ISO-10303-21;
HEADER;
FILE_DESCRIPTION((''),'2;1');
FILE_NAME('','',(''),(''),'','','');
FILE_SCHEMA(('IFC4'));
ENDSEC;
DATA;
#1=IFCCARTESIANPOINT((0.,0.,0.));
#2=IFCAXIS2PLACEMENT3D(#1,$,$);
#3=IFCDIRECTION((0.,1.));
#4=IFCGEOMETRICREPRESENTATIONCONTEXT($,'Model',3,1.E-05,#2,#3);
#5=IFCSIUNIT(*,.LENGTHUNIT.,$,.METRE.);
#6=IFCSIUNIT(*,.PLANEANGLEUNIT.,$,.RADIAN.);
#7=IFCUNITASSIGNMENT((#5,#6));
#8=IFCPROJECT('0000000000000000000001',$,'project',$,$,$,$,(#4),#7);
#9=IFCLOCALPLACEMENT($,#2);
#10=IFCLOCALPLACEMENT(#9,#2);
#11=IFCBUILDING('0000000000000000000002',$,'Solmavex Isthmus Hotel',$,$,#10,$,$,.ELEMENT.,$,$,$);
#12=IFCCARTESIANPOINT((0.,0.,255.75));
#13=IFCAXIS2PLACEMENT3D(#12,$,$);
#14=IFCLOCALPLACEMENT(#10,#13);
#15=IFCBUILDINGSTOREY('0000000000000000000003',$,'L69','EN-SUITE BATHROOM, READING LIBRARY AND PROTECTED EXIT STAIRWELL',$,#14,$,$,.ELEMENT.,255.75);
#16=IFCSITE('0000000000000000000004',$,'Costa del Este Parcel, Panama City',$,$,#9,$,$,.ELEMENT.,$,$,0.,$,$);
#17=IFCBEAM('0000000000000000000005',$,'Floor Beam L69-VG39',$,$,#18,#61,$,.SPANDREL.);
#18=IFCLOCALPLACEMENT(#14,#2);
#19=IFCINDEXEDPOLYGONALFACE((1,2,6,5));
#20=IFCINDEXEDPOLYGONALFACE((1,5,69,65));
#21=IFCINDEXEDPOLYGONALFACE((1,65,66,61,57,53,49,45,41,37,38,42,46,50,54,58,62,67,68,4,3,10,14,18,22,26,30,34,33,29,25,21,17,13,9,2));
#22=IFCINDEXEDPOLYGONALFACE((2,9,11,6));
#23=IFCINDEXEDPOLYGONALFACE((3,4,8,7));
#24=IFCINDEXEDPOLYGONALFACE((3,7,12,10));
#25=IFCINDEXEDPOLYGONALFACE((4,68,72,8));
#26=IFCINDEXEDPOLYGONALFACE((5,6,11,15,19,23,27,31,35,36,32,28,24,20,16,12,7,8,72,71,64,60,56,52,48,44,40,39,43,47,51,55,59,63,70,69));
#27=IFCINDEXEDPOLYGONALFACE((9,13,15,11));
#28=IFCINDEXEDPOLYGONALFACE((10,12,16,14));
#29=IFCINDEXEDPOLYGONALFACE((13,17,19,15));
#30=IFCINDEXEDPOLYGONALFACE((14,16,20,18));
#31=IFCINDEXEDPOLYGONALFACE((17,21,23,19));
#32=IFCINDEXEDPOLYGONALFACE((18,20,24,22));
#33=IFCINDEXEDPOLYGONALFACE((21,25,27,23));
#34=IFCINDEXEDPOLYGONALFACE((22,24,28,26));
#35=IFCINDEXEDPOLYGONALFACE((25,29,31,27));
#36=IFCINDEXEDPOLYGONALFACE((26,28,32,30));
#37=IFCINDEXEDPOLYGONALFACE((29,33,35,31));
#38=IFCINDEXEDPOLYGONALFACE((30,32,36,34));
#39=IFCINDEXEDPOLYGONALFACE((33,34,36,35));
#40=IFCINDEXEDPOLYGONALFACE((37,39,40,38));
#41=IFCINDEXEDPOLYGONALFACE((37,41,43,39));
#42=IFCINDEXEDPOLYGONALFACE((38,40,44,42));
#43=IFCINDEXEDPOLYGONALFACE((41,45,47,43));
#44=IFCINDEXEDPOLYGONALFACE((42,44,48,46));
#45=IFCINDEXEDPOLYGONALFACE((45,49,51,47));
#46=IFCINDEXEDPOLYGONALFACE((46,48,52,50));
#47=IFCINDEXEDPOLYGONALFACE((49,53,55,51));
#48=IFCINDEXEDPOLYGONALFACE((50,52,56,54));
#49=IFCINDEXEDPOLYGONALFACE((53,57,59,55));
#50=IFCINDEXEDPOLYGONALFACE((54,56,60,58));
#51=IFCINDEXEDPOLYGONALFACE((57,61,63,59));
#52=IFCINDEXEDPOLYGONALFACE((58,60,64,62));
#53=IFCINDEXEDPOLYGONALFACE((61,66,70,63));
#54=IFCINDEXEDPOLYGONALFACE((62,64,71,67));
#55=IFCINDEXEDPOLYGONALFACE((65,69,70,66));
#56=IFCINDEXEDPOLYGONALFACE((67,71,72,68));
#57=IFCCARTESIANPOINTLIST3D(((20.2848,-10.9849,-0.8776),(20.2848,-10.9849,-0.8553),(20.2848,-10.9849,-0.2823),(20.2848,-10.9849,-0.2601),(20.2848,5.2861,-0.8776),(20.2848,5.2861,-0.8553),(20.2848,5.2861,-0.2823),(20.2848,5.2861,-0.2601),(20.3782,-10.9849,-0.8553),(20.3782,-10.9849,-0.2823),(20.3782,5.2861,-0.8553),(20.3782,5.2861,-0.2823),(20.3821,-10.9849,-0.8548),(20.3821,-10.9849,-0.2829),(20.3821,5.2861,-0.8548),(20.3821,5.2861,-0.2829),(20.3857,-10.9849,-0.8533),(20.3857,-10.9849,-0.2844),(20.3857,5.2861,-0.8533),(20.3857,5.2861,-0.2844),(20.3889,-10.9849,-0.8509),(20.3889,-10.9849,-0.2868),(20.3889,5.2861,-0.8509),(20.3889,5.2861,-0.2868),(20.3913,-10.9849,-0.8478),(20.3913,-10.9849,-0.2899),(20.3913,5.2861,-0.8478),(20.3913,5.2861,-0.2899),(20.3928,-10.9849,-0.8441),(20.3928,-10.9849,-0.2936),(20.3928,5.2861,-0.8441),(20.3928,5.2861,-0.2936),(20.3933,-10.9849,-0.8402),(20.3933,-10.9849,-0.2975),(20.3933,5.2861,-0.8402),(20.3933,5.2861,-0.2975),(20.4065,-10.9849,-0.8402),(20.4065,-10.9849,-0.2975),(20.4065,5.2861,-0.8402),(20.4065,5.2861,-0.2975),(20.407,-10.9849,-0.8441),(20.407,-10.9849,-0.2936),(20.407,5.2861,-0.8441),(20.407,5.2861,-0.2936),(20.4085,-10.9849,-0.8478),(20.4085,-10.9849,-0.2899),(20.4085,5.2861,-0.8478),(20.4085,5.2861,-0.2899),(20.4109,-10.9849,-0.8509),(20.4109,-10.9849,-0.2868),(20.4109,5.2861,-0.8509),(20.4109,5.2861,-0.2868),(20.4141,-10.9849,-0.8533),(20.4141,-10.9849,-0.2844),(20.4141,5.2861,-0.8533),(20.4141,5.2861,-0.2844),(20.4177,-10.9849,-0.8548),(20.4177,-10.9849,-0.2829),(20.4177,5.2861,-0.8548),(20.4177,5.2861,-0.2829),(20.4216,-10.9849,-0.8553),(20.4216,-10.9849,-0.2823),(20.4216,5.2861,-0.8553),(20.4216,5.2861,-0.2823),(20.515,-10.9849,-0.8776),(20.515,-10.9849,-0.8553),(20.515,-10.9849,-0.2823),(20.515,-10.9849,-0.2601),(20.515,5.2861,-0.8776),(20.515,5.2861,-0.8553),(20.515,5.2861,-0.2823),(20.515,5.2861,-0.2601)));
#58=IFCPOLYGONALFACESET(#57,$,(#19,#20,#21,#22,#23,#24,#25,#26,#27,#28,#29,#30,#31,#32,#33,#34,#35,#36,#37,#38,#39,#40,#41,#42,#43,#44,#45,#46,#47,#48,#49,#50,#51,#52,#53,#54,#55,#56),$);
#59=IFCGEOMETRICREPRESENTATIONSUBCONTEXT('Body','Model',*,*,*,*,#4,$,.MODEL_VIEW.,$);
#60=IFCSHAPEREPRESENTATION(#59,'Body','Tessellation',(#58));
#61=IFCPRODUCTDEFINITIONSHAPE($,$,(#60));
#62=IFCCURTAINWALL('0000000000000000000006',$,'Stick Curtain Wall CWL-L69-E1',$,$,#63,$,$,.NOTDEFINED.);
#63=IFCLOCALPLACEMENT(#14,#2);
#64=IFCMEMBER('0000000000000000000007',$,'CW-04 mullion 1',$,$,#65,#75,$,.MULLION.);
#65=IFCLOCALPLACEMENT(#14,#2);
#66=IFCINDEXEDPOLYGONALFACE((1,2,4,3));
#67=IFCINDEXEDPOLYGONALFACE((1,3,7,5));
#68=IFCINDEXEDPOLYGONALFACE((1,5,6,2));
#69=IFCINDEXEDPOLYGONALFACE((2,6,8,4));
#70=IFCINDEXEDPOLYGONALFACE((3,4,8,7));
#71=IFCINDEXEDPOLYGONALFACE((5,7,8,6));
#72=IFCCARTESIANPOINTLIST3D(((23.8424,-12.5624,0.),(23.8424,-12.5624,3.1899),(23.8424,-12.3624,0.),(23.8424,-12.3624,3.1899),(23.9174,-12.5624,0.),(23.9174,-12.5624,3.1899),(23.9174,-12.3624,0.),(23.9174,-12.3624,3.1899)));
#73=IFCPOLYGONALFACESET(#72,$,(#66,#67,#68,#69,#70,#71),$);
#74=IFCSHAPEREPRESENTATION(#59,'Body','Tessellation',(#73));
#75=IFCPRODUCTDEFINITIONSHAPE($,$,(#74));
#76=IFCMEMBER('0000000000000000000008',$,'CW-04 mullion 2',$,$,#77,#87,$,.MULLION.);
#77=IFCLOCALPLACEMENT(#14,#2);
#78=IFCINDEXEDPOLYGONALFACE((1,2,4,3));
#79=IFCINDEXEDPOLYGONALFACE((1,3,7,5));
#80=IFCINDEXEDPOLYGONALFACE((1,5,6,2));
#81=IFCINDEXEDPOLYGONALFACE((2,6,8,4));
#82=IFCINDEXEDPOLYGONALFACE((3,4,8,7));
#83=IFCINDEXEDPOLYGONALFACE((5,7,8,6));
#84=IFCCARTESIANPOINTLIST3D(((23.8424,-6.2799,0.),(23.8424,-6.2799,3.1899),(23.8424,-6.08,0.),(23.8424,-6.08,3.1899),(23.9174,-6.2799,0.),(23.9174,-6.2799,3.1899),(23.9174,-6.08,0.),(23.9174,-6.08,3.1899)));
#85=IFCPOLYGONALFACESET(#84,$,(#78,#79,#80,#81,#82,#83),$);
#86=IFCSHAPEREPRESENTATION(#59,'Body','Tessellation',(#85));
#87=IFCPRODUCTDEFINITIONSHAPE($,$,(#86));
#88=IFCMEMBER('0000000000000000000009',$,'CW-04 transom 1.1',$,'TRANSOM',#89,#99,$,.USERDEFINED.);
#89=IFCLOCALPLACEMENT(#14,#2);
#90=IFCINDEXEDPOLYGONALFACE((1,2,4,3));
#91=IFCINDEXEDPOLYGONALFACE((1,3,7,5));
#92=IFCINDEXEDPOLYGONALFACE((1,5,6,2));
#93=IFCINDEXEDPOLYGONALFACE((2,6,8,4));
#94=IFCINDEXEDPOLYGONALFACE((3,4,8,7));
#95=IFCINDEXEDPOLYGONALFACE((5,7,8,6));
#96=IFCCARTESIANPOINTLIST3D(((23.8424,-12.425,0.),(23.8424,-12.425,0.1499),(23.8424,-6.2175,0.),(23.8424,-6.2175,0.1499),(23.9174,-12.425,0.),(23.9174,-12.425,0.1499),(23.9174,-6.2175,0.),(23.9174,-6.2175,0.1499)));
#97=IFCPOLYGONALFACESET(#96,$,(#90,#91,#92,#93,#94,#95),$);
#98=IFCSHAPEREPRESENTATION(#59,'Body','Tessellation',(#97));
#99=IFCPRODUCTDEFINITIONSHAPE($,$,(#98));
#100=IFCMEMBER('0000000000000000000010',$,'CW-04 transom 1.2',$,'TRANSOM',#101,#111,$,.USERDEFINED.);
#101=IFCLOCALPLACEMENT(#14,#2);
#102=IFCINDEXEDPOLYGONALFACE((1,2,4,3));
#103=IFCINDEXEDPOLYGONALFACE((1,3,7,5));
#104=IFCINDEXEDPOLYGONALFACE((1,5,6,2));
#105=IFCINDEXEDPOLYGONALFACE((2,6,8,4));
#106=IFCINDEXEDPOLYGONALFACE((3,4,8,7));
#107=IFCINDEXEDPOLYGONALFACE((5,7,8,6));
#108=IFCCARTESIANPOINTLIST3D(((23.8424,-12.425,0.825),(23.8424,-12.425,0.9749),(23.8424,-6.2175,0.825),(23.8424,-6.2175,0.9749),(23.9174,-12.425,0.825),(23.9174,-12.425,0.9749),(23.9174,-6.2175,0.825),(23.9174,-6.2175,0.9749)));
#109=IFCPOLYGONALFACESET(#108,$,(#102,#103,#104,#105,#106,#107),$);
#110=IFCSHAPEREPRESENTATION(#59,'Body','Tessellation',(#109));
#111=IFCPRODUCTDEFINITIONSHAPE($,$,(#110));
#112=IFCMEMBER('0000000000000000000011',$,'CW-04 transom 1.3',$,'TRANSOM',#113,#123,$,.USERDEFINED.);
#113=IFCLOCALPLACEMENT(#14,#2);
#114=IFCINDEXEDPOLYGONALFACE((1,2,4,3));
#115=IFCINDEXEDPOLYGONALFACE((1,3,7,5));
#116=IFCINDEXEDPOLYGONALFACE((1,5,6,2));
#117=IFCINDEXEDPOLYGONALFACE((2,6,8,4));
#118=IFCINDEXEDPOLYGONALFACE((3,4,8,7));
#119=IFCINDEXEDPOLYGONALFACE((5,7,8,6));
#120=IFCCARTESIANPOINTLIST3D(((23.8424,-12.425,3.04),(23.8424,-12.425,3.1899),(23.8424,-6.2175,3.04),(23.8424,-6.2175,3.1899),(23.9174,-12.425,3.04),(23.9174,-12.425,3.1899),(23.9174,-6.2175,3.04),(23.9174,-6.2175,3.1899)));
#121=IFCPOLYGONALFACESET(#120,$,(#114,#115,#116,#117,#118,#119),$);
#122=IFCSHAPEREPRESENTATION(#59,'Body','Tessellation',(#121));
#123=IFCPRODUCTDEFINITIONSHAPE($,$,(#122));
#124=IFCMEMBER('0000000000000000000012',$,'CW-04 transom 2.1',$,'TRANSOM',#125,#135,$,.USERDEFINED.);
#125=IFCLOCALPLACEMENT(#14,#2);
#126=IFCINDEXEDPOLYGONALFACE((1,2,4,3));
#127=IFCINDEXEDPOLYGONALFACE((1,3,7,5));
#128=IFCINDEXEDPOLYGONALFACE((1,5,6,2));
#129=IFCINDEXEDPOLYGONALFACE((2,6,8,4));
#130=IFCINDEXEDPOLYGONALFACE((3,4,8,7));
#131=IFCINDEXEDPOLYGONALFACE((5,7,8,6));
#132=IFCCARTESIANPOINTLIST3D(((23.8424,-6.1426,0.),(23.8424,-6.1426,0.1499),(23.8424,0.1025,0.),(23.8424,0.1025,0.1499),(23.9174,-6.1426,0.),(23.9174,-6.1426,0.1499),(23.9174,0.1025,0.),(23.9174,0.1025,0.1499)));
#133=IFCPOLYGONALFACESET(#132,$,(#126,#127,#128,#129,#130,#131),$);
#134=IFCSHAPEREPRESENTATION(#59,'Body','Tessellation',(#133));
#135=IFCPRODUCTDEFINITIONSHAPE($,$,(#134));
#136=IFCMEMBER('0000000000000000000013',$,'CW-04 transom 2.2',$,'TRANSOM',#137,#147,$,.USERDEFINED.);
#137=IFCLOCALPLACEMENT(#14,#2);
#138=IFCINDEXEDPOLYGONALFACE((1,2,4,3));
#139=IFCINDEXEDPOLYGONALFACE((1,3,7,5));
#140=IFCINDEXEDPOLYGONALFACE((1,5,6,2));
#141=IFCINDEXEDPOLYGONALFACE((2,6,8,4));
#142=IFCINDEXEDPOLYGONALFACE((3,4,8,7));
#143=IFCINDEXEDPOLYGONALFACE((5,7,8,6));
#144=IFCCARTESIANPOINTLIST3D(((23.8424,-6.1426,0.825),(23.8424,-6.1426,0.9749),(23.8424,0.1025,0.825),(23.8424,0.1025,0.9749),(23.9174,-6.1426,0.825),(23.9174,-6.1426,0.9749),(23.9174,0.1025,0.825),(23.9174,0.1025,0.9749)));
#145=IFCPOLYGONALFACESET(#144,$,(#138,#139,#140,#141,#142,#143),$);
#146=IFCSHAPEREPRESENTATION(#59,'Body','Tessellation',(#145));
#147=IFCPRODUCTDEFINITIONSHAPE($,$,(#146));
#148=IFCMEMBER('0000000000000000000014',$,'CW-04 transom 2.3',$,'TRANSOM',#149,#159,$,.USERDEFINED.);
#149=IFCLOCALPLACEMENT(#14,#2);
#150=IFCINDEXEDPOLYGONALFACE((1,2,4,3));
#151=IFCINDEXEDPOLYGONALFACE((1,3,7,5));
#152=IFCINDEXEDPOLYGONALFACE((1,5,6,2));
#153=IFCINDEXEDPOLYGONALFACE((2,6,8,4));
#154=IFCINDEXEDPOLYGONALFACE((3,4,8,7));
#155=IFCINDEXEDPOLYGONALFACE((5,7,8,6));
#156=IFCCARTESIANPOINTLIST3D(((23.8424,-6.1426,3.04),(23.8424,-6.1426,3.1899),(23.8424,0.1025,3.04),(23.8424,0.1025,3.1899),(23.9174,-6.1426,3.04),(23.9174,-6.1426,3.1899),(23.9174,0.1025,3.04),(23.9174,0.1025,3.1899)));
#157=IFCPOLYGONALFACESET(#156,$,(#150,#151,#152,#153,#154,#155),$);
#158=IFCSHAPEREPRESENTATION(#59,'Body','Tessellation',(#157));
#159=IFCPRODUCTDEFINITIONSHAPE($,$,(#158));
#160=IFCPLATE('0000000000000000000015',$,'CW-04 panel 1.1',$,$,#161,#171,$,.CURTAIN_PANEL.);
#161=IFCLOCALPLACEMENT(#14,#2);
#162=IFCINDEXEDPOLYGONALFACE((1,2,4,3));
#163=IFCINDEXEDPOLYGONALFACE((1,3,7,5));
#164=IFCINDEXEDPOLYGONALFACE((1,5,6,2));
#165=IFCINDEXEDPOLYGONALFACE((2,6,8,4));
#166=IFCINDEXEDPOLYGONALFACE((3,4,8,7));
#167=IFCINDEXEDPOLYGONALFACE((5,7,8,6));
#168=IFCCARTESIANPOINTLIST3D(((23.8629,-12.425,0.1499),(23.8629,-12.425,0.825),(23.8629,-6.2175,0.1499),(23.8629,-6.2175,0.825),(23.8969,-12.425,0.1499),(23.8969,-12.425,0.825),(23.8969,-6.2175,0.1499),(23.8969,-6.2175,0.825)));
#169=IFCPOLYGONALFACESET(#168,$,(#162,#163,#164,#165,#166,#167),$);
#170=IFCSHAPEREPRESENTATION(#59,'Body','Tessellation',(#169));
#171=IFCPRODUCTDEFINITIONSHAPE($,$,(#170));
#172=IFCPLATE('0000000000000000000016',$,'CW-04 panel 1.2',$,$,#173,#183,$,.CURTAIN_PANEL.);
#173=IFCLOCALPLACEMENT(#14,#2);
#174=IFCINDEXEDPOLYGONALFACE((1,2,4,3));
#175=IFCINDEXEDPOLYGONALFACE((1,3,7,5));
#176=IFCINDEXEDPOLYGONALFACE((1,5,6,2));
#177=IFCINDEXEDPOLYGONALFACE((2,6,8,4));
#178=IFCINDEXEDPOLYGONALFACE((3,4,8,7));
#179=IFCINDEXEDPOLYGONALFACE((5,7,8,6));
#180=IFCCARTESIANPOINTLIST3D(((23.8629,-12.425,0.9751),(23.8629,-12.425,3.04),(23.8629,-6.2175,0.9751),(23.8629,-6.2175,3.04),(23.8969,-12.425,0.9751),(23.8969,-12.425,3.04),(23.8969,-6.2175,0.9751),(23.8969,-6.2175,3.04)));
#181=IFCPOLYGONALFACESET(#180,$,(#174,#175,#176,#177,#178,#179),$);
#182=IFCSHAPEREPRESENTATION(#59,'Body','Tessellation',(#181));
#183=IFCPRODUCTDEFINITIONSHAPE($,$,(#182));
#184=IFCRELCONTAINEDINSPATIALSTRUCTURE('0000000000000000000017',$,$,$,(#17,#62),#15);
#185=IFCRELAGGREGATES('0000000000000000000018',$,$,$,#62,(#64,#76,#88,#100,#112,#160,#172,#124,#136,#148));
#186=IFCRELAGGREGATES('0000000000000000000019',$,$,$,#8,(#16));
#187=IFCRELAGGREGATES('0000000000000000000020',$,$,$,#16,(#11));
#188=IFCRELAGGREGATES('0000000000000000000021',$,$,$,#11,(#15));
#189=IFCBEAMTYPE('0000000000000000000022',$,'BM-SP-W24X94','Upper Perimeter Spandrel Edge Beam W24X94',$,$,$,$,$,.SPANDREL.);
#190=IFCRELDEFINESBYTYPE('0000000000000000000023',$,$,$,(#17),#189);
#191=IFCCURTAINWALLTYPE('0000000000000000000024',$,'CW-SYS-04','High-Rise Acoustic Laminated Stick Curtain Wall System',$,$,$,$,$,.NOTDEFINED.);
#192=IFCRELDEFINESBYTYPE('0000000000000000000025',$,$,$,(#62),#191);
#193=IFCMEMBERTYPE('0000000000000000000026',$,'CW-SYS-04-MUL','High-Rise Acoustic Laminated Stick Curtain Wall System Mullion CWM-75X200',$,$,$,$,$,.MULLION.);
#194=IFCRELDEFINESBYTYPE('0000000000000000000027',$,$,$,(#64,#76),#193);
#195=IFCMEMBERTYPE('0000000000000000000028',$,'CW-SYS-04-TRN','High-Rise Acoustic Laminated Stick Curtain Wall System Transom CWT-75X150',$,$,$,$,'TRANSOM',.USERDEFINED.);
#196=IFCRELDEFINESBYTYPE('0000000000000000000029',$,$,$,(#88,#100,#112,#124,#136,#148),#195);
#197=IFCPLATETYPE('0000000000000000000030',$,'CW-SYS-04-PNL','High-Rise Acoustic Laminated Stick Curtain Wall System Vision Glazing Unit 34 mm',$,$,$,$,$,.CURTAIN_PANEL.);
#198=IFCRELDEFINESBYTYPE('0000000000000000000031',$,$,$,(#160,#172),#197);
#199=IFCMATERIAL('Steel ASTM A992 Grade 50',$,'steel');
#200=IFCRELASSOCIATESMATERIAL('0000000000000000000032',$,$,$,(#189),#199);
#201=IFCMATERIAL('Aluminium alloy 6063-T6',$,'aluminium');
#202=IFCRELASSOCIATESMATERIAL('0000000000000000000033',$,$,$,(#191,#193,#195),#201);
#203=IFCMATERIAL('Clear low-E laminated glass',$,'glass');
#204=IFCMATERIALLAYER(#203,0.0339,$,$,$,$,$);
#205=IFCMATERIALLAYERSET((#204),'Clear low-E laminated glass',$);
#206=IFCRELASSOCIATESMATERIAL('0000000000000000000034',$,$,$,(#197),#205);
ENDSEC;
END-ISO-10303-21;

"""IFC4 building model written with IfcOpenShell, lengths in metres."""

from ifc_helpers import new_model, si_unit, direction, frame, origin, origin_2d, place, context, subcontext, project, spatial, rectangle, i_section, extrude, material, layer, layer_set, material_profile, profile_set, type_object, element, aggregate, save


model = new_model("IFC4")

# Units and contexts
model_context = context("Model", 3, precision=1e-05, world=origin(), true_north=direction((0.0, 1.0)))
body_context = subcontext(model_context, "Body", "Model", "MODEL_VIEW")
ifc_project = project(units=[si_unit("LENGTHUNIT", "METRE"), si_unit("PLANEANGLEUNIT", "RADIAN")], contexts=[model_context])

# Site, building, storey
site_placement = place(None, origin())
site = spatial("IfcSite", under=ifc_project, at=site_placement, Name="Costa del Este Parcel, Panama City", CompositionType="ELEMENT", RefElevation=0.0)
building_placement = place(site_placement, origin())
building = spatial("IfcBuilding", under=site, at=building_placement, Name="Solmavex Isthmus Hotel", CompositionType="ELEMENT")
storey_placement = place(building_placement, frame((0.0, 0.0, 255.75)))
storey = spatial("IfcBuildingStorey", under=building, at=storey_placement, Name="L69", Description="EN-SUITE BATHROOM, READING LIBRARY AND PROTECTED EXIT STAIRWELL", CompositionType="ELEMENT", Elevation=255.75)

# Beam
ifc_material_1 = material(Name="Steel ASTM A992 Grade 50", Category="steel")
ifc_material_profile_1 = material_profile(ifc_material_1, i_section(OverallWidth=0.2302, OverallDepth=0.6174, WebThickness=0.0132, FlangeThickness=0.0222, FilletRadius=0.0151, at=origin_2d()), Name="W24X94")
ifc_profile_set_1 = profile_set([ifc_material_profile_1], Name="Steel ASTM A992 Grade 50")
beam_type_1 = type_object("IfcBeamType", Name="BM-SP-W24X94", Description="Upper Perimeter Spandrel Edge Beam W24X94", PredefinedType="SPANDREL", material=ifc_profile_set_1)
beam_1_placement = place(storey_placement, frame((20.3999, -10.9849, -0.5688), z_axis=(0.0, 1.0, 0.0), x_axis=(-1.0, 0.0, 0.0)))
element("IfcBeam", 1, at=beam_1_placement, inside=storey, type_object=beam_type_1, Name="Floor Beam L69-VG39", PredefinedType="SPANDREL", context=body_context, shape_type="SweptSolid", body=[
    extrude(i_section(OverallWidth=0.2302, OverallDepth=0.6174, WebThickness=0.0132, FlangeThickness=0.0222, FilletRadius=0.0151, at=origin_2d()), origin(), (0.0, 0.0, 1.0), 16.271),
])

# Curtain wall, members, plates
ifc_material_2 = material(Name="Aluminium alloy 6063-T6", Category="aluminium")
curtain_wall_type = type_object("IfcCurtainWallType", Name="CW-SYS-04", Description="High-Rise Acoustic Laminated Stick Curtain Wall System", PredefinedType="NOTDEFINED", material=ifc_material_2)
curtain_wall_placement = place(storey_placement, origin())
curtain_wall = element("IfcCurtainWall", 2, at=curtain_wall_placement, inside=storey, type_object=curtain_wall_type, Name="Stick Curtain Wall CWL-L69-E1", PredefinedType="NOTDEFINED")
ifc_material_profile_2 = material_profile(ifc_material_2, rectangle(XDim=0.075, YDim=0.2, at=origin_2d()), Name="CWM-75X200")
ifc_profile_set_2 = profile_set([ifc_material_profile_2], Name="Aluminium alloy 6063-T6")
member_type_1 = type_object("IfcMemberType", Name="CW-SYS-04-MUL", Description="High-Rise Acoustic Laminated Stick Curtain Wall System Mullion CWM-75X200", PredefinedType="MULLION", material=ifc_profile_set_2)
member_1_placement = place(storey_placement, frame((23.8799, -12.4624, 0.0), z_axis=(0.0, 0.0, 1.0), x_axis=(-1.0, 0.0, 0.0)))
member_1 = element("IfcMember", 3, at=member_1_placement, type_object=member_type_1, Name="CW-04 mullion 1", PredefinedType="MULLION", context=body_context, shape_type="SweptSolid", body=[
    extrude(rectangle(XDim=0.075, YDim=0.2, at=origin_2d()), origin(), (0.0, 0.0, 1.0), 3.1899),
])
member_2_placement = place(storey_placement, frame((23.8799, -6.1799, 0.0), z_axis=(0.0, 0.0, 1.0), x_axis=(-1.0, 0.0, 0.0)))
member_2 = element("IfcMember", 4, at=member_2_placement, type_object=member_type_1, Name="CW-04 mullion 2", PredefinedType="MULLION", context=body_context, shape_type="SweptSolid", body=[
    extrude(rectangle(XDim=0.075, YDim=0.2, at=origin_2d()), origin(), (0.0, 0.0, 1.0), 3.1899),
])
ifc_material_profile_3 = material_profile(ifc_material_2, rectangle(XDim=0.075, YDim=0.1499, at=origin_2d()), Name="CWT-75X150")
ifc_profile_set_3 = profile_set([ifc_material_profile_3], Name="Aluminium alloy 6063-T6")
member_type_2 = type_object("IfcMemberType", Name="CW-SYS-04-TRN", Description="High-Rise Acoustic Laminated Stick Curtain Wall System Transom CWT-75X150", ElementType="TRANSOM", PredefinedType="USERDEFINED", material=ifc_profile_set_3)
member_3_placement = place(storey_placement, frame((23.8799, -12.425, 0.075), z_axis=(0.0, 1.0, 0.0), x_axis=(-1.0, 0.0, 0.0)))
member_3 = element("IfcMember", 5, at=member_3_placement, type_object=member_type_2, Name="CW-04 transom 1.1", ObjectType="TRANSOM", PredefinedType="USERDEFINED", context=body_context, shape_type="SweptSolid", body=[
    extrude(rectangle(XDim=0.075, YDim=0.1499, at=origin_2d()), origin(), (0.0, 0.0, 1.0), 6.2075),
])
member_4_placement = place(storey_placement, frame((23.8799, -12.425, 0.8999), z_axis=(0.0, 1.0, 0.0), x_axis=(-1.0, 0.0, 0.0)))
member_4 = element("IfcMember", 6, at=member_4_placement, type_object=member_type_2, Name="CW-04 transom 1.2", ObjectType="TRANSOM", PredefinedType="USERDEFINED", context=body_context, shape_type="SweptSolid", body=[
    extrude(rectangle(XDim=0.075, YDim=0.1499, at=origin_2d()), origin(), (0.0, 0.0, 1.0), 6.2075),
])
member_5_placement = place(storey_placement, frame((23.8799, -12.425, 3.115), z_axis=(0.0, 1.0, 0.0), x_axis=(-1.0, 0.0, 0.0)))
member_5 = element("IfcMember", 7, at=member_5_placement, type_object=member_type_2, Name="CW-04 transom 1.3", ObjectType="TRANSOM", PredefinedType="USERDEFINED", context=body_context, shape_type="SweptSolid", body=[
    extrude(rectangle(XDim=0.075, YDim=0.1499, at=origin_2d()), origin(), (0.0, 0.0, 1.0), 6.2075),
])
member_6_placement = place(storey_placement, frame((23.8799, -6.1426, 0.075), z_axis=(0.0, 1.0, 0.0), x_axis=(-1.0, 0.0, 0.0)))
member_6 = element("IfcMember", 8, at=member_6_placement, type_object=member_type_2, Name="CW-04 transom 2.1", ObjectType="TRANSOM", PredefinedType="USERDEFINED", context=body_context, shape_type="SweptSolid", body=[
    extrude(rectangle(XDim=0.075, YDim=0.1499, at=origin_2d()), origin(), (0.0, 0.0, 1.0), 6.2451),
])
member_7_placement = place(storey_placement, frame((23.8799, -6.1426, 0.8999), z_axis=(0.0, 1.0, 0.0), x_axis=(-1.0, 0.0, 0.0)))
member_7 = element("IfcMember", 9, at=member_7_placement, type_object=member_type_2, Name="CW-04 transom 2.2", ObjectType="TRANSOM", PredefinedType="USERDEFINED", context=body_context, shape_type="SweptSolid", body=[
    extrude(rectangle(XDim=0.075, YDim=0.1499, at=origin_2d()), origin(), (0.0, 0.0, 1.0), 6.2451),
])
member_8_placement = place(storey_placement, frame((23.8799, -6.1426, 3.115), z_axis=(0.0, 1.0, 0.0), x_axis=(-1.0, 0.0, 0.0)))
member_8 = element("IfcMember", 10, at=member_8_placement, type_object=member_type_2, Name="CW-04 transom 2.3", ObjectType="TRANSOM", PredefinedType="USERDEFINED", context=body_context, shape_type="SweptSolid", body=[
    extrude(rectangle(XDim=0.075, YDim=0.1499, at=origin_2d()), origin(), (0.0, 0.0, 1.0), 6.2451),
])
ifc_material_3 = material(Name="Clear low-E laminated glass", Category="glass")
ifc_layer_1 = layer(ifc_material_3, 0.0339)
ifc_layer_set_1 = layer_set([ifc_layer_1], Name="Clear low-E laminated glass")
plate_type = type_object("IfcPlateType", Name="CW-SYS-04-PNL", Description="High-Rise Acoustic Laminated Stick Curtain Wall System Vision Glazing Unit 34 mm", PredefinedType="CURTAIN_PANEL", material=ifc_layer_set_1)
plate_1_placement = place(storey_placement, frame((23.8799, -9.3213, 0.1499), z_axis=(0.0, 0.0, 1.0), x_axis=(0.0, 1.0, 0.0)))
plate_1 = element("IfcPlate", 11, at=plate_1_placement, type_object=plate_type, Name="CW-04 panel 1.1", PredefinedType="CURTAIN_PANEL", context=body_context, shape_type="SweptSolid", body=[
    extrude(rectangle(XDim=6.2075, YDim=0.0339, at=origin_2d()), origin(), (0.0, 0.0, 1.0), 0.675),
])
plate_2_placement = place(storey_placement, frame((23.8799, -9.3213, 0.9751), z_axis=(0.0, 0.0, 1.0), x_axis=(0.0, 1.0, 0.0)))
plate_2 = element("IfcPlate", 12, at=plate_2_placement, type_object=plate_type, Name="CW-04 panel 1.2", PredefinedType="CURTAIN_PANEL", context=body_context, shape_type="SweptSolid", body=[
    extrude(rectangle(XDim=6.2075, YDim=0.0339, at=origin_2d()), origin(), (0.0, 0.0, 1.0), 2.0649),
])
aggregate(curtain_wall, [member_1, member_2, member_3, member_4, member_5, plate_1, plate_2, member_6, member_7, member_8])

save(model, "model.ifc")
